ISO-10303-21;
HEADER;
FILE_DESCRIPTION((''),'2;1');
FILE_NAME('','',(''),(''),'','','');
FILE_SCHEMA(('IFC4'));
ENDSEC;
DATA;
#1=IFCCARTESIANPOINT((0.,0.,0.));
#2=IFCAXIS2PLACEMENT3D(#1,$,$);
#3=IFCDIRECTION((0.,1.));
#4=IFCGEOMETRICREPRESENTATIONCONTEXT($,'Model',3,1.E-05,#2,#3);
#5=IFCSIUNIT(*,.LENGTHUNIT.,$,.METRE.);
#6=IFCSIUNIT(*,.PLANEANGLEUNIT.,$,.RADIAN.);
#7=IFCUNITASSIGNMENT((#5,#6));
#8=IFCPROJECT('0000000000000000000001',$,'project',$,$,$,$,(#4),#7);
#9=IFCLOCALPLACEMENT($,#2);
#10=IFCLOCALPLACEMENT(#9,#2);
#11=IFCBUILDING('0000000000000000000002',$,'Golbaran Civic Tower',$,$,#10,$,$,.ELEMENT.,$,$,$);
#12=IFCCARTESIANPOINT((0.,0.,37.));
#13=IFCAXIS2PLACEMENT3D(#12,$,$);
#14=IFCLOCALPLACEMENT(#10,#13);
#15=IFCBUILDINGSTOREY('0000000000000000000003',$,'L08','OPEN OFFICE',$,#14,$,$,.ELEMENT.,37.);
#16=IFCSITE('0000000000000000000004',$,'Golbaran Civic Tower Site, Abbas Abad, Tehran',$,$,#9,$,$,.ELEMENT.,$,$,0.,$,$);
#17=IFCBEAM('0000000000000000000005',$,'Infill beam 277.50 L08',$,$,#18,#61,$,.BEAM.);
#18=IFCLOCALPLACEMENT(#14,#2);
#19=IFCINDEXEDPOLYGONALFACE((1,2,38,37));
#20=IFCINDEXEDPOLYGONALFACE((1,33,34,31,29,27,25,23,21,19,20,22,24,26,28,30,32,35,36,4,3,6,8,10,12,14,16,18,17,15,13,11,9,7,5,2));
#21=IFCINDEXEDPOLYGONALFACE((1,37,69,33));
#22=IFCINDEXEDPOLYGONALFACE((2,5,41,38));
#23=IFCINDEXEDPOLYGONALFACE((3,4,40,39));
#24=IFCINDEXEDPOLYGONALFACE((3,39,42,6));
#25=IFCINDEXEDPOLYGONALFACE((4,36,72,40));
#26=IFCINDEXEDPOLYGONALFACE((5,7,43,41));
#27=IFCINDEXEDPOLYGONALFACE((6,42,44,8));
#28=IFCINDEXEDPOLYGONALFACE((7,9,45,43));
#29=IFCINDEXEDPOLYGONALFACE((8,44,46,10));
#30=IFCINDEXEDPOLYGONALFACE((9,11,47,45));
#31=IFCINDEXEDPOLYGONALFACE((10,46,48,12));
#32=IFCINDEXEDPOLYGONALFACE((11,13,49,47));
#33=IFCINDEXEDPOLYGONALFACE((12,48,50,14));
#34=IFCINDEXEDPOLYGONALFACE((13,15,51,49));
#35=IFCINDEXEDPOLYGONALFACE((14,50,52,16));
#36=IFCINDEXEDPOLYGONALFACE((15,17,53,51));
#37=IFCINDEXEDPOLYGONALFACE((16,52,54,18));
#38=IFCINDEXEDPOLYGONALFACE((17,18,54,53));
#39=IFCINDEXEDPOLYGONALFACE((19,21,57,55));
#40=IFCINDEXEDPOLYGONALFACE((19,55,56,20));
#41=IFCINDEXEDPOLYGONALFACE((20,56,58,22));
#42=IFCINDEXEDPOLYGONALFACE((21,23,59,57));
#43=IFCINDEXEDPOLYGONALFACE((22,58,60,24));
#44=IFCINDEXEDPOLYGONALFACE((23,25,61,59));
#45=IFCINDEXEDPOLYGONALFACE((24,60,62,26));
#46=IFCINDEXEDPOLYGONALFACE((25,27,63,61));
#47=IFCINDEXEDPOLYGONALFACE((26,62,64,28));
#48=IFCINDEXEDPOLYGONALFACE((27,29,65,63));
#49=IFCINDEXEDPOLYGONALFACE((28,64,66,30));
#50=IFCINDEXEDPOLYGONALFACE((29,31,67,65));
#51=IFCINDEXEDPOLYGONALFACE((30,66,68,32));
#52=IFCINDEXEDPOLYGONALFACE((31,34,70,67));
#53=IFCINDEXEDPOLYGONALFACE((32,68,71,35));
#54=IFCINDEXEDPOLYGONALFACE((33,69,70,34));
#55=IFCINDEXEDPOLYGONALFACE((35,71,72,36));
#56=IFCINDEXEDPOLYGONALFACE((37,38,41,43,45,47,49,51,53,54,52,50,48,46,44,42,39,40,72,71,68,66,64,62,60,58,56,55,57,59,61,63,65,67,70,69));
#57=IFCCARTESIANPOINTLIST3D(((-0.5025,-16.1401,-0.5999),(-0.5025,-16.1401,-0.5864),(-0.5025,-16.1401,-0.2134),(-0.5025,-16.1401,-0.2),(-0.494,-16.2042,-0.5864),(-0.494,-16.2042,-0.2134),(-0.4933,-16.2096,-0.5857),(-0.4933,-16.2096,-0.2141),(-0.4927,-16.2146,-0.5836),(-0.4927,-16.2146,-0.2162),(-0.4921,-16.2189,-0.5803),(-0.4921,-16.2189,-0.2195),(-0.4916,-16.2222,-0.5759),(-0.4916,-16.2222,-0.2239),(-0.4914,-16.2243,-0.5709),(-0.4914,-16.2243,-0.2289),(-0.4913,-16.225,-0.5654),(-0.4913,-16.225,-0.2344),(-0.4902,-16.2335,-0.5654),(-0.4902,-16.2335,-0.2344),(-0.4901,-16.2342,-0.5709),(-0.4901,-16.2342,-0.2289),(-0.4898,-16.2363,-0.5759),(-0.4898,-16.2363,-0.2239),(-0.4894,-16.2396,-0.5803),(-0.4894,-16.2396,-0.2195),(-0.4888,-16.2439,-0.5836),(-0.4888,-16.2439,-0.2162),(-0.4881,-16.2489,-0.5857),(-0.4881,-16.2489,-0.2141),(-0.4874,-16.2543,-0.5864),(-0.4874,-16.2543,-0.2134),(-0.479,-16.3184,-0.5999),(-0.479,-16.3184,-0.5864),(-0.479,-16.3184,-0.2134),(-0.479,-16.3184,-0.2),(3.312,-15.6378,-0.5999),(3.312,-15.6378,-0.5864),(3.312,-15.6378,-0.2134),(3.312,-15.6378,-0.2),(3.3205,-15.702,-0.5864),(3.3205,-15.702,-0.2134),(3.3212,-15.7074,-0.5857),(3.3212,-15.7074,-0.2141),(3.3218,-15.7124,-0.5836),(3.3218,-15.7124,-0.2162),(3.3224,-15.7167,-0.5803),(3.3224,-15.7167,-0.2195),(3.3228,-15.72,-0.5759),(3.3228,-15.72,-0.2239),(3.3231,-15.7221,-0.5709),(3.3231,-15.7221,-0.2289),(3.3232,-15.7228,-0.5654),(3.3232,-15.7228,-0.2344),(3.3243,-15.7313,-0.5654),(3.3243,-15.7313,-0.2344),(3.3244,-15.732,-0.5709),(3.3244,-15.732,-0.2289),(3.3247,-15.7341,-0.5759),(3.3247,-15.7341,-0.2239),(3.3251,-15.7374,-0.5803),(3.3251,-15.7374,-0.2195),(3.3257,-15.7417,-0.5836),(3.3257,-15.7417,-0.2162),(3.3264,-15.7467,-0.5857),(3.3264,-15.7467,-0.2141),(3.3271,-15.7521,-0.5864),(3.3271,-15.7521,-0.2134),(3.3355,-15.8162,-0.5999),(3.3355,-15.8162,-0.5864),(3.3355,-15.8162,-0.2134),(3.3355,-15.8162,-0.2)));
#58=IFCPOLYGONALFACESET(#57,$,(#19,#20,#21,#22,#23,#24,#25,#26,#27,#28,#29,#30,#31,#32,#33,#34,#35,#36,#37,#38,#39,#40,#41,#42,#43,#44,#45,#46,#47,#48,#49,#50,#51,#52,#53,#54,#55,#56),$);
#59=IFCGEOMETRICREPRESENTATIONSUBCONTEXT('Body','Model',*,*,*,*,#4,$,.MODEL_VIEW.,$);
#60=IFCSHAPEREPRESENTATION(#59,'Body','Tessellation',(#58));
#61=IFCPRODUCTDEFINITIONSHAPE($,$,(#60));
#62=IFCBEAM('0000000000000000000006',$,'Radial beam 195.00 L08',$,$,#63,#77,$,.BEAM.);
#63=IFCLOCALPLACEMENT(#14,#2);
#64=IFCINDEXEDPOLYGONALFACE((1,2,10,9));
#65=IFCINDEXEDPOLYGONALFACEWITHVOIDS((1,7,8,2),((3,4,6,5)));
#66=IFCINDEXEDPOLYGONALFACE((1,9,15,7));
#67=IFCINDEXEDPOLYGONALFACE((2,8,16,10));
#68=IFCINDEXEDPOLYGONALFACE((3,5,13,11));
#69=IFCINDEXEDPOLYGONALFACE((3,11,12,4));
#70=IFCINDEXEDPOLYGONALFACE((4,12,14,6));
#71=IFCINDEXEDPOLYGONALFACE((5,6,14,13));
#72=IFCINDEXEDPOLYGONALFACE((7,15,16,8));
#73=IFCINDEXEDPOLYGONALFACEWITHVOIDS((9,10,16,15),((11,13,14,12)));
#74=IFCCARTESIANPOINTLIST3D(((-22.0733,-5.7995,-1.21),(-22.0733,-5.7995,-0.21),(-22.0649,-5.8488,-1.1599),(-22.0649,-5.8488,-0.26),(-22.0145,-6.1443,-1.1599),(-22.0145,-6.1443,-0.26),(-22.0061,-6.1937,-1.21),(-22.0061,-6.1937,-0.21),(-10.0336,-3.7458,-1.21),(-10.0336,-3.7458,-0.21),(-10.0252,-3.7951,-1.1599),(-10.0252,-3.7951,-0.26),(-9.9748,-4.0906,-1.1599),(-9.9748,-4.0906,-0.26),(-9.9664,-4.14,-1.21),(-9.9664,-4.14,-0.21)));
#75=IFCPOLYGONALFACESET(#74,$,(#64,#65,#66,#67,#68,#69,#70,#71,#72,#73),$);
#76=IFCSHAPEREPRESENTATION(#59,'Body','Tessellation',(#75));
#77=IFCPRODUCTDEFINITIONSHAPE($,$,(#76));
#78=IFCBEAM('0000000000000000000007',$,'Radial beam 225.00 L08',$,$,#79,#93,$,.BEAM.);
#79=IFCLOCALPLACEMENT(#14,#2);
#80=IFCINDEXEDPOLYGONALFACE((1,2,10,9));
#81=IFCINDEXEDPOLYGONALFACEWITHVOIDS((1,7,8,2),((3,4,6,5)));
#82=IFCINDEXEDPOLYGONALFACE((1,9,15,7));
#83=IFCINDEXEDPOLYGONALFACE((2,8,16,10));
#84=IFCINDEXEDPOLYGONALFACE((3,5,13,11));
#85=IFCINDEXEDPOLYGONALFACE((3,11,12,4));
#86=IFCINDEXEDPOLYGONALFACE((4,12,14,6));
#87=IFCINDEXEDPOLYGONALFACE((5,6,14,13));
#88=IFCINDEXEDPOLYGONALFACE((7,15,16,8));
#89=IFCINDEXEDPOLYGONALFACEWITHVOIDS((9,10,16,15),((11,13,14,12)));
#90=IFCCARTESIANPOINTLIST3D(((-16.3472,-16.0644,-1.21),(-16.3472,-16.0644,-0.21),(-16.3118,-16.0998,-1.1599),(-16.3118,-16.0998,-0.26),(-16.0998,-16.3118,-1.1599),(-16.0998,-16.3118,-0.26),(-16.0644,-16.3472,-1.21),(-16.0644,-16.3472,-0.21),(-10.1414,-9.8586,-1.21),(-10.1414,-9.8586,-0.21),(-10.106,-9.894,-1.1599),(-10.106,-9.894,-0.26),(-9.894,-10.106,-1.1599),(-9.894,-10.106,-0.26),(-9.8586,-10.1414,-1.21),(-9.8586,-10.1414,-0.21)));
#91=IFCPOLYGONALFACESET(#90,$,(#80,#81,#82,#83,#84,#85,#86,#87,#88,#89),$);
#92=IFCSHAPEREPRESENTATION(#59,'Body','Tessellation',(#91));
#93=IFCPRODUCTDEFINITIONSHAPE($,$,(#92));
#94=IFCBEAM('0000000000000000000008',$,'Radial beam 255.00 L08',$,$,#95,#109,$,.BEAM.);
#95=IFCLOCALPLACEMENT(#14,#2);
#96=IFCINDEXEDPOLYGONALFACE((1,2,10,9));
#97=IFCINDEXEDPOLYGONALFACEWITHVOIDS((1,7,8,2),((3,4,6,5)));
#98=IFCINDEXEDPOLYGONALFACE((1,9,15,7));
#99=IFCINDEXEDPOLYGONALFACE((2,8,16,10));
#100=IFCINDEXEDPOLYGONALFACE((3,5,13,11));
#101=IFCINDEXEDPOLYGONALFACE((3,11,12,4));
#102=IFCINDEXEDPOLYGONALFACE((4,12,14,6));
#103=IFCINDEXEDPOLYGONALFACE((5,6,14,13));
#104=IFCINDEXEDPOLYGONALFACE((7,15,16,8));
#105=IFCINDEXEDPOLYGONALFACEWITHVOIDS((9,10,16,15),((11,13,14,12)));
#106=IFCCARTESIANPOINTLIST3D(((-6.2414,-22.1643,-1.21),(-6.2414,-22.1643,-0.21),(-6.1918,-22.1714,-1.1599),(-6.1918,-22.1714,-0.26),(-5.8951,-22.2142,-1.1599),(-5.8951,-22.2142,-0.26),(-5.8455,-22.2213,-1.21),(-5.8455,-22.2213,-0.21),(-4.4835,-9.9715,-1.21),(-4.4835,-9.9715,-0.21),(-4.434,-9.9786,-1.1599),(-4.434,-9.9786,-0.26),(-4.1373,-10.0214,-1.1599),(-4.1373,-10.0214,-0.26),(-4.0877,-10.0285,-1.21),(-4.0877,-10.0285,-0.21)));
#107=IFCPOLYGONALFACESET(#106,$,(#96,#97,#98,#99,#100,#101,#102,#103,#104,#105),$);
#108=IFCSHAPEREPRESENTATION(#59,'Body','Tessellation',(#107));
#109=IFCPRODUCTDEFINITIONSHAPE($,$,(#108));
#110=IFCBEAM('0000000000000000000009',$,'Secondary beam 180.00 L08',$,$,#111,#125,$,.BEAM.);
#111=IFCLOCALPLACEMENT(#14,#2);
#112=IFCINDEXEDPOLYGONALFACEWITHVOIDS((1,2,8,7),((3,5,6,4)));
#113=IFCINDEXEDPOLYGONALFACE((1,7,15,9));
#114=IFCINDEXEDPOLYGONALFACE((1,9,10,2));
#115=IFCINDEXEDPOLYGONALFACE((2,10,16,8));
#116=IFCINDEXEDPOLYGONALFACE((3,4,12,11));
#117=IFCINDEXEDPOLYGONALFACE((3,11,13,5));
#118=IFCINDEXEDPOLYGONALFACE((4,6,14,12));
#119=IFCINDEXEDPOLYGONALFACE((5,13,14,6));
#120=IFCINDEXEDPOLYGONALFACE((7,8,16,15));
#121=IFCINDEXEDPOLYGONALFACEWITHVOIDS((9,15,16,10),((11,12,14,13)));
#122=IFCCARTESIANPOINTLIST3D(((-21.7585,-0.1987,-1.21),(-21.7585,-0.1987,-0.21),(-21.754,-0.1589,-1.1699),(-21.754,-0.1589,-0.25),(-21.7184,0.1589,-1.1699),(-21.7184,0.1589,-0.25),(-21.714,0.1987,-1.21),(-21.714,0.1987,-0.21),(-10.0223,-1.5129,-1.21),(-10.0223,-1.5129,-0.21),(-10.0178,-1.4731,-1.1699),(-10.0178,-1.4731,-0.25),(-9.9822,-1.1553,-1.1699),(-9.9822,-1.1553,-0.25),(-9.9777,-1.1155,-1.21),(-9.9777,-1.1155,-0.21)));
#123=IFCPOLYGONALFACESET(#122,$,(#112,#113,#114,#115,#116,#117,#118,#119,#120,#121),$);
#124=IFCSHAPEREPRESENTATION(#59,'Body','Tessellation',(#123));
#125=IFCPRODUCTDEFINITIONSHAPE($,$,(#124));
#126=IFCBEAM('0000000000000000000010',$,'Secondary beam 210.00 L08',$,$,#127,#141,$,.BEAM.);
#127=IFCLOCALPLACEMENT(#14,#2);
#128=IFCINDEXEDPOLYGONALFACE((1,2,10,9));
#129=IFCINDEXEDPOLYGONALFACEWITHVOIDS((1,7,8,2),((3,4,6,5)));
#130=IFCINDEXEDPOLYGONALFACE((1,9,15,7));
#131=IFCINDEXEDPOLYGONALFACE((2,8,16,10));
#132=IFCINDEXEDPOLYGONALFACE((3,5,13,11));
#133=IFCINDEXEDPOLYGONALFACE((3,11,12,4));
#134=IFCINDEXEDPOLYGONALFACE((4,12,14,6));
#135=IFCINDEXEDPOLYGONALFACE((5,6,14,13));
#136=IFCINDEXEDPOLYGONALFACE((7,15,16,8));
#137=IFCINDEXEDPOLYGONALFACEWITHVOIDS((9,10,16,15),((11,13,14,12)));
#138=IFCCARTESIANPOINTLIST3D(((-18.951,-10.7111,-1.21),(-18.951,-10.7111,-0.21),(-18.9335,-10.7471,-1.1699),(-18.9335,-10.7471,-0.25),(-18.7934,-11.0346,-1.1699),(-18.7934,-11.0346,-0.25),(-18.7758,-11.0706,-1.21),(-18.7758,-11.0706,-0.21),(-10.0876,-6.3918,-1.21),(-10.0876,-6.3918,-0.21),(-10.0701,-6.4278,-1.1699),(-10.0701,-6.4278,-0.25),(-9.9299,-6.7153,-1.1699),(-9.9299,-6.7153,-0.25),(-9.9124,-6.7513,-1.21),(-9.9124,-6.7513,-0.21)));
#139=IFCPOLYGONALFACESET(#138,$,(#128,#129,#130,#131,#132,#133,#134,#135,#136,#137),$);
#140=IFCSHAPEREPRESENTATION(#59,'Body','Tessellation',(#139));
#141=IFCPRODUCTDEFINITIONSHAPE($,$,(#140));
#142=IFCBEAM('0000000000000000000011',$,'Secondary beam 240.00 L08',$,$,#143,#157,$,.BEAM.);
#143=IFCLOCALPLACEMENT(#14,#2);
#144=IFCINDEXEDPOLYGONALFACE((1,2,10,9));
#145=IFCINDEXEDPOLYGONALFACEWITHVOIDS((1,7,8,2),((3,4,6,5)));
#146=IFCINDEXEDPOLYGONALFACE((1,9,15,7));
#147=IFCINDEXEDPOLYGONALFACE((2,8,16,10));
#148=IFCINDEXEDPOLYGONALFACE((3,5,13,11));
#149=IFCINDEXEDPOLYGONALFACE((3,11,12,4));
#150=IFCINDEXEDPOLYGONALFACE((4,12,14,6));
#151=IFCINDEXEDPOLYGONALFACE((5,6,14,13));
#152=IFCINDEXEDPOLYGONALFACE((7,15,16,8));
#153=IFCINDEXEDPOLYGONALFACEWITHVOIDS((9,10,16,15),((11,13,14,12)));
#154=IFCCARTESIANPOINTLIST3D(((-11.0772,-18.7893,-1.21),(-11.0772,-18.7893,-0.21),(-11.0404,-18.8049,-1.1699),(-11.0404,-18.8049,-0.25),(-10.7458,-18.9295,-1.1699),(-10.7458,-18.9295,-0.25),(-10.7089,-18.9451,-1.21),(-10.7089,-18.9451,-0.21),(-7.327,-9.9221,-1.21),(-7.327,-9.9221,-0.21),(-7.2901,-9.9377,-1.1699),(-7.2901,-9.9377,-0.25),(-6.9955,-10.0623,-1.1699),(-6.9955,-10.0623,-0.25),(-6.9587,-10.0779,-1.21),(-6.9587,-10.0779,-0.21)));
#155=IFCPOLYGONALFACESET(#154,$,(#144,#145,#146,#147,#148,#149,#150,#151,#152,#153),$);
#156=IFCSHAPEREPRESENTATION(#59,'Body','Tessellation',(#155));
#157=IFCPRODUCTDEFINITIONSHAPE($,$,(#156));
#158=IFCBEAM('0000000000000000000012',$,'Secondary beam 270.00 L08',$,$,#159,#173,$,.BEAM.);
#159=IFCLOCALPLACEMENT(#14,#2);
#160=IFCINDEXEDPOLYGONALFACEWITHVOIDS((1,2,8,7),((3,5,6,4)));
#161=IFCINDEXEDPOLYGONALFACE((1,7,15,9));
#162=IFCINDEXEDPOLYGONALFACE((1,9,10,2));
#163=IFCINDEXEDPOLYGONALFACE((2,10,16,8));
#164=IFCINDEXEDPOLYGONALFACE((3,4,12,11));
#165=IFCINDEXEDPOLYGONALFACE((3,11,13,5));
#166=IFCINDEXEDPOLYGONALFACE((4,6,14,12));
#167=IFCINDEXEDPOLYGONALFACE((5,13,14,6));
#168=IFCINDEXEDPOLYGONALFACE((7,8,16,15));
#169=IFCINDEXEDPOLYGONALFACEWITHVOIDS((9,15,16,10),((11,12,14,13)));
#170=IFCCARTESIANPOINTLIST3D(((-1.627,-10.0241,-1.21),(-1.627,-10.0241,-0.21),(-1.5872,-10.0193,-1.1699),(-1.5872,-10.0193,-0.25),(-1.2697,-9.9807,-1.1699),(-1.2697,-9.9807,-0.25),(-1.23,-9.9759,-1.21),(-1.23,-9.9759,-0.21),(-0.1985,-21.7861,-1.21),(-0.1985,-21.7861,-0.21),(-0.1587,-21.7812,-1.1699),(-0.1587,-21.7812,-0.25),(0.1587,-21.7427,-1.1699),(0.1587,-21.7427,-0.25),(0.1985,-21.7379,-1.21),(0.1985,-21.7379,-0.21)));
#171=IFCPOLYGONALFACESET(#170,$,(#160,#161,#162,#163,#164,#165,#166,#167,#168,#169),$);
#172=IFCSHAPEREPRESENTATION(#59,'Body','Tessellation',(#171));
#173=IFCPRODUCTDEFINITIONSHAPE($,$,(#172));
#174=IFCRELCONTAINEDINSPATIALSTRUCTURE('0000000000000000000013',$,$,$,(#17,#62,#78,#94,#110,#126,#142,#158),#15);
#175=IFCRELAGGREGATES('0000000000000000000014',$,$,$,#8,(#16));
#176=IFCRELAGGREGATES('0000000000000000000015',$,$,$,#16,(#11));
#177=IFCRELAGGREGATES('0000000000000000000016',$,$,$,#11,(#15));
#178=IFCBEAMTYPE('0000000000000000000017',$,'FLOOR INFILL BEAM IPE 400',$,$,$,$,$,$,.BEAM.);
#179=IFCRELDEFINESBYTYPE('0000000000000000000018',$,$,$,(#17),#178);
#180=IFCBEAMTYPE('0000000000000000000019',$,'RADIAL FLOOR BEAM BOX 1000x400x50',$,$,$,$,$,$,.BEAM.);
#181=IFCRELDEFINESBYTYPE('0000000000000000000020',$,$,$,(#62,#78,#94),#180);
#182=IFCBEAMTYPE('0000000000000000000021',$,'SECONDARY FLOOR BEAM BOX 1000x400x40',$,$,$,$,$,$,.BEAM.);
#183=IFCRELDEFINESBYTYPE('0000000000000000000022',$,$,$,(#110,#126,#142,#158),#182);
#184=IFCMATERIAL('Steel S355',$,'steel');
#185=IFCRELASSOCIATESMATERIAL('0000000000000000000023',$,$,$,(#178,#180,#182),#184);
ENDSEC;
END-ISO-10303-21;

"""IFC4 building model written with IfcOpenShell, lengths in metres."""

from ifc_helpers import new_model, si_unit, direction, frame, origin, origin_2d, place, context, subcontext, project, spatial, hollow_rectangle, i_section, extrude, material, material_profile, profile_set, type_object, element, save


model = new_model("IFC4")

# Units and contexts
model_context = context("Model", 3, precision=1e-05, world=origin(), true_north=direction((0.0, 1.0)))
body_context = subcontext(model_context, "Body", "Model", "MODEL_VIEW")
ifc_project = project(units=[si_unit("LENGTHUNIT", "METRE"), si_unit("PLANEANGLEUNIT", "RADIAN")], contexts=[model_context])

# Site, building, storey
site_placement = place(None, origin())
site = spatial("IfcSite", under=ifc_project, at=site_placement, Name="Golbaran Civic Tower Site, Abbas Abad, Tehran", CompositionType="ELEMENT", RefElevation=0.0)
building_placement = place(site_placement, origin())
building = spatial("IfcBuilding", under=site, at=building_placement, Name="Golbaran Civic Tower", CompositionType="ELEMENT")
storey_placement = place(building_placement, frame((0.0, 0.0, 37.0)))
storey = spatial("IfcBuildingStorey", under=building, at=storey_placement, Name="L08", Description="OPEN OFFICE", CompositionType="ELEMENT", Elevation=37.0)

# Beams
ifc_material_1 = material(Name="Steel S355", Category="steel")
ifc_material_profile_1 = material_profile(ifc_material_1, i_section(OverallWidth=0.1799, OverallDepth=0.3999, WebThickness=0.0085, FlangeThickness=0.0134, FilletRadius=0.021, at=origin_2d()), Name="IPE 400")
ifc_profile_set_1 = profile_set([ifc_material_profile_1], Name="Steel S355")
beam_type_1 = type_object("IfcBeamType", Name="FLOOR INFILL BEAM IPE 400", PredefinedType="BEAM", material=ifc_profile_set_1)
beam_1_placement = place(storey_placement, frame((-0.4907, -16.2292, -0.3999), z_axis=(0.991444, 0.13053, 0.0), x_axis=(-0.13053, 0.991444, 0.0)))
element("IfcBeam", 1, at=beam_1_placement, inside=storey, type_object=beam_type_1, Name="Infill beam 277.50 L08", PredefinedType="BEAM", context=body_context, shape_type="SweptSolid", body=[
    extrude(i_section(OverallWidth=0.1799, OverallDepth=0.3999, WebThickness=0.0085, FlangeThickness=0.0134, FilletRadius=0.021, at=origin_2d()), origin(), (0.0, 0.0, 1.0), 3.8474),
])
ifc_material_profile_2 = material_profile(ifc_material_1, hollow_rectangle(XDim=0.3999, YDim=1.0, WallThickness=0.05, at=origin_2d()), Name="BOX 1000x400x50")
ifc_profile_set_2 = profile_set([ifc_material_profile_2], Name="Steel S355")
beam_type_2 = type_object("IfcBeamType", Name="RADIAL FLOOR BEAM BOX 1000x400x50", PredefinedType="BEAM", material=ifc_profile_set_2)
beam_2_placement = place(storey_placement, frame((-10.0, -3.9429, -0.71), z_axis=(-0.985762, -0.168148, 0.0), x_axis=(0.168148, -0.985762, 0.0)))
element("IfcBeam", 2, at=beam_2_placement, inside=storey, type_object=beam_type_2, Name="Radial beam 195.00 L08", PredefinedType="BEAM", context=body_context, shape_type="SweptSolid", body=[
    extrude(hollow_rectangle(XDim=0.3999, YDim=1.0, WallThickness=0.05, at=origin_2d()), origin(), (0.0, 0.0, 1.0), 12.2136),
])
beam_3_placement = place(storey_placement, frame((-10.0, -10.0, -0.71), z_axis=(-0.707107, -0.707107, 0.0), x_axis=(0.707107, -0.707107, 0.0)))
element("IfcBeam", 3, at=beam_3_placement, inside=storey, type_object=beam_type_2, Name="Radial beam 225.00 L08", PredefinedType="BEAM", context=body_context, shape_type="SweptSolid", body=[
    extrude(hollow_rectangle(XDim=0.3999, YDim=1.0, WallThickness=0.05, at=origin_2d()), origin(), (0.0, 0.0, 1.0), 8.7764),
])
beam_4_placement = place(storey_placement, frame((-4.2856, -10.0, -0.71), z_axis=(-0.142692, -0.989767, 0.0), x_axis=(0.989767, -0.142692, 0.0)))
element("IfcBeam", 4, at=beam_4_placement, inside=storey, type_object=beam_type_2, Name="Radial beam 255.00 L08", PredefinedType="BEAM", context=body_context, shape_type="SweptSolid", body=[
    extrude(hollow_rectangle(XDim=0.3999, YDim=1.0, WallThickness=0.05, at=origin_2d()), origin(), (0.0, 0.0, 1.0), 12.3188),
])
ifc_material_profile_3 = material_profile(ifc_material_1, hollow_rectangle(XDim=0.3999, YDim=1.0, WallThickness=0.04, at=origin_2d()), Name="BOX 1000x400x40")
ifc_profile_set_3 = profile_set([ifc_material_profile_3], Name="Steel S355")
beam_type_3 = type_object("IfcBeamType", Name="SECONDARY FLOOR BEAM BOX 1000x400x40", PredefinedType="BEAM", material=ifc_profile_set_3)
beam_5_placement = place(storey_placement, frame((-10.0, -1.3142, -0.71), z_axis=(-0.993789, 0.111282, 0.0), x_axis=(-0.111282, -0.993789, 0.0)))
element("IfcBeam", 5, at=beam_5_placement, inside=storey, type_object=beam_type_3, Name="Secondary beam 180.00 L08", PredefinedType="BEAM", context=body_context, shape_type="SweptSolid", body=[
    extrude(hollow_rectangle(XDim=0.3999, YDim=1.0, WallThickness=0.04, at=origin_2d()), origin(), (0.0, 0.0, 1.0), 11.8096),
])
beam_6_placement = place(storey_placement, frame((-10.0, -6.5715, -0.71), z_axis=(-0.898942, -0.438068, 0.0), x_axis=(0.438068, -0.898942, 0.0)))
element("IfcBeam", 6, at=beam_6_placement, inside=storey, type_object=beam_type_3, Name="Secondary beam 210.00 L08", PredefinedType="BEAM", context=body_context, shape_type="SweptSolid", body=[
    extrude(hollow_rectangle(XDim=0.3999, YDim=1.0, WallThickness=0.04, at=origin_2d()), origin(), (0.0, 0.0, 1.0), 9.8599),
])
beam_7_placement = place(storey_placement, frame((-7.1428, -10.0, -0.71), z_axis=(-0.389529, -0.921014, 0.0), x_axis=(0.921014, -0.389529, 0.0)))
element("IfcBeam", 7, at=beam_7_placement, inside=storey, type_object=beam_type_3, Name="Secondary beam 240.00 L08", PredefinedType="BEAM", context=body_context, shape_type="SweptSolid", body=[
    extrude(hollow_rectangle(XDim=0.3999, YDim=1.0, WallThickness=0.04, at=origin_2d()), origin(), (0.0, 0.0, 1.0), 9.6277),
])
beam_8_placement = place(storey_placement, frame((-1.4285, -10.0, -0.71), z_axis=(0.120562, -0.992706, 0.0), x_axis=(0.992706, 0.120562, 0.0)))
element("IfcBeam", 8, at=beam_8_placement, inside=storey, type_object=beam_type_3, Name="Secondary beam 270.00 L08", PredefinedType="BEAM", context=body_context, shape_type="SweptSolid", body=[
    extrude(hollow_rectangle(XDim=0.3999, YDim=1.0, WallThickness=0.04, at=origin_2d()), origin(), (0.0, 0.0, 1.0), 11.8484),
])

save(model, "model.ifc")
